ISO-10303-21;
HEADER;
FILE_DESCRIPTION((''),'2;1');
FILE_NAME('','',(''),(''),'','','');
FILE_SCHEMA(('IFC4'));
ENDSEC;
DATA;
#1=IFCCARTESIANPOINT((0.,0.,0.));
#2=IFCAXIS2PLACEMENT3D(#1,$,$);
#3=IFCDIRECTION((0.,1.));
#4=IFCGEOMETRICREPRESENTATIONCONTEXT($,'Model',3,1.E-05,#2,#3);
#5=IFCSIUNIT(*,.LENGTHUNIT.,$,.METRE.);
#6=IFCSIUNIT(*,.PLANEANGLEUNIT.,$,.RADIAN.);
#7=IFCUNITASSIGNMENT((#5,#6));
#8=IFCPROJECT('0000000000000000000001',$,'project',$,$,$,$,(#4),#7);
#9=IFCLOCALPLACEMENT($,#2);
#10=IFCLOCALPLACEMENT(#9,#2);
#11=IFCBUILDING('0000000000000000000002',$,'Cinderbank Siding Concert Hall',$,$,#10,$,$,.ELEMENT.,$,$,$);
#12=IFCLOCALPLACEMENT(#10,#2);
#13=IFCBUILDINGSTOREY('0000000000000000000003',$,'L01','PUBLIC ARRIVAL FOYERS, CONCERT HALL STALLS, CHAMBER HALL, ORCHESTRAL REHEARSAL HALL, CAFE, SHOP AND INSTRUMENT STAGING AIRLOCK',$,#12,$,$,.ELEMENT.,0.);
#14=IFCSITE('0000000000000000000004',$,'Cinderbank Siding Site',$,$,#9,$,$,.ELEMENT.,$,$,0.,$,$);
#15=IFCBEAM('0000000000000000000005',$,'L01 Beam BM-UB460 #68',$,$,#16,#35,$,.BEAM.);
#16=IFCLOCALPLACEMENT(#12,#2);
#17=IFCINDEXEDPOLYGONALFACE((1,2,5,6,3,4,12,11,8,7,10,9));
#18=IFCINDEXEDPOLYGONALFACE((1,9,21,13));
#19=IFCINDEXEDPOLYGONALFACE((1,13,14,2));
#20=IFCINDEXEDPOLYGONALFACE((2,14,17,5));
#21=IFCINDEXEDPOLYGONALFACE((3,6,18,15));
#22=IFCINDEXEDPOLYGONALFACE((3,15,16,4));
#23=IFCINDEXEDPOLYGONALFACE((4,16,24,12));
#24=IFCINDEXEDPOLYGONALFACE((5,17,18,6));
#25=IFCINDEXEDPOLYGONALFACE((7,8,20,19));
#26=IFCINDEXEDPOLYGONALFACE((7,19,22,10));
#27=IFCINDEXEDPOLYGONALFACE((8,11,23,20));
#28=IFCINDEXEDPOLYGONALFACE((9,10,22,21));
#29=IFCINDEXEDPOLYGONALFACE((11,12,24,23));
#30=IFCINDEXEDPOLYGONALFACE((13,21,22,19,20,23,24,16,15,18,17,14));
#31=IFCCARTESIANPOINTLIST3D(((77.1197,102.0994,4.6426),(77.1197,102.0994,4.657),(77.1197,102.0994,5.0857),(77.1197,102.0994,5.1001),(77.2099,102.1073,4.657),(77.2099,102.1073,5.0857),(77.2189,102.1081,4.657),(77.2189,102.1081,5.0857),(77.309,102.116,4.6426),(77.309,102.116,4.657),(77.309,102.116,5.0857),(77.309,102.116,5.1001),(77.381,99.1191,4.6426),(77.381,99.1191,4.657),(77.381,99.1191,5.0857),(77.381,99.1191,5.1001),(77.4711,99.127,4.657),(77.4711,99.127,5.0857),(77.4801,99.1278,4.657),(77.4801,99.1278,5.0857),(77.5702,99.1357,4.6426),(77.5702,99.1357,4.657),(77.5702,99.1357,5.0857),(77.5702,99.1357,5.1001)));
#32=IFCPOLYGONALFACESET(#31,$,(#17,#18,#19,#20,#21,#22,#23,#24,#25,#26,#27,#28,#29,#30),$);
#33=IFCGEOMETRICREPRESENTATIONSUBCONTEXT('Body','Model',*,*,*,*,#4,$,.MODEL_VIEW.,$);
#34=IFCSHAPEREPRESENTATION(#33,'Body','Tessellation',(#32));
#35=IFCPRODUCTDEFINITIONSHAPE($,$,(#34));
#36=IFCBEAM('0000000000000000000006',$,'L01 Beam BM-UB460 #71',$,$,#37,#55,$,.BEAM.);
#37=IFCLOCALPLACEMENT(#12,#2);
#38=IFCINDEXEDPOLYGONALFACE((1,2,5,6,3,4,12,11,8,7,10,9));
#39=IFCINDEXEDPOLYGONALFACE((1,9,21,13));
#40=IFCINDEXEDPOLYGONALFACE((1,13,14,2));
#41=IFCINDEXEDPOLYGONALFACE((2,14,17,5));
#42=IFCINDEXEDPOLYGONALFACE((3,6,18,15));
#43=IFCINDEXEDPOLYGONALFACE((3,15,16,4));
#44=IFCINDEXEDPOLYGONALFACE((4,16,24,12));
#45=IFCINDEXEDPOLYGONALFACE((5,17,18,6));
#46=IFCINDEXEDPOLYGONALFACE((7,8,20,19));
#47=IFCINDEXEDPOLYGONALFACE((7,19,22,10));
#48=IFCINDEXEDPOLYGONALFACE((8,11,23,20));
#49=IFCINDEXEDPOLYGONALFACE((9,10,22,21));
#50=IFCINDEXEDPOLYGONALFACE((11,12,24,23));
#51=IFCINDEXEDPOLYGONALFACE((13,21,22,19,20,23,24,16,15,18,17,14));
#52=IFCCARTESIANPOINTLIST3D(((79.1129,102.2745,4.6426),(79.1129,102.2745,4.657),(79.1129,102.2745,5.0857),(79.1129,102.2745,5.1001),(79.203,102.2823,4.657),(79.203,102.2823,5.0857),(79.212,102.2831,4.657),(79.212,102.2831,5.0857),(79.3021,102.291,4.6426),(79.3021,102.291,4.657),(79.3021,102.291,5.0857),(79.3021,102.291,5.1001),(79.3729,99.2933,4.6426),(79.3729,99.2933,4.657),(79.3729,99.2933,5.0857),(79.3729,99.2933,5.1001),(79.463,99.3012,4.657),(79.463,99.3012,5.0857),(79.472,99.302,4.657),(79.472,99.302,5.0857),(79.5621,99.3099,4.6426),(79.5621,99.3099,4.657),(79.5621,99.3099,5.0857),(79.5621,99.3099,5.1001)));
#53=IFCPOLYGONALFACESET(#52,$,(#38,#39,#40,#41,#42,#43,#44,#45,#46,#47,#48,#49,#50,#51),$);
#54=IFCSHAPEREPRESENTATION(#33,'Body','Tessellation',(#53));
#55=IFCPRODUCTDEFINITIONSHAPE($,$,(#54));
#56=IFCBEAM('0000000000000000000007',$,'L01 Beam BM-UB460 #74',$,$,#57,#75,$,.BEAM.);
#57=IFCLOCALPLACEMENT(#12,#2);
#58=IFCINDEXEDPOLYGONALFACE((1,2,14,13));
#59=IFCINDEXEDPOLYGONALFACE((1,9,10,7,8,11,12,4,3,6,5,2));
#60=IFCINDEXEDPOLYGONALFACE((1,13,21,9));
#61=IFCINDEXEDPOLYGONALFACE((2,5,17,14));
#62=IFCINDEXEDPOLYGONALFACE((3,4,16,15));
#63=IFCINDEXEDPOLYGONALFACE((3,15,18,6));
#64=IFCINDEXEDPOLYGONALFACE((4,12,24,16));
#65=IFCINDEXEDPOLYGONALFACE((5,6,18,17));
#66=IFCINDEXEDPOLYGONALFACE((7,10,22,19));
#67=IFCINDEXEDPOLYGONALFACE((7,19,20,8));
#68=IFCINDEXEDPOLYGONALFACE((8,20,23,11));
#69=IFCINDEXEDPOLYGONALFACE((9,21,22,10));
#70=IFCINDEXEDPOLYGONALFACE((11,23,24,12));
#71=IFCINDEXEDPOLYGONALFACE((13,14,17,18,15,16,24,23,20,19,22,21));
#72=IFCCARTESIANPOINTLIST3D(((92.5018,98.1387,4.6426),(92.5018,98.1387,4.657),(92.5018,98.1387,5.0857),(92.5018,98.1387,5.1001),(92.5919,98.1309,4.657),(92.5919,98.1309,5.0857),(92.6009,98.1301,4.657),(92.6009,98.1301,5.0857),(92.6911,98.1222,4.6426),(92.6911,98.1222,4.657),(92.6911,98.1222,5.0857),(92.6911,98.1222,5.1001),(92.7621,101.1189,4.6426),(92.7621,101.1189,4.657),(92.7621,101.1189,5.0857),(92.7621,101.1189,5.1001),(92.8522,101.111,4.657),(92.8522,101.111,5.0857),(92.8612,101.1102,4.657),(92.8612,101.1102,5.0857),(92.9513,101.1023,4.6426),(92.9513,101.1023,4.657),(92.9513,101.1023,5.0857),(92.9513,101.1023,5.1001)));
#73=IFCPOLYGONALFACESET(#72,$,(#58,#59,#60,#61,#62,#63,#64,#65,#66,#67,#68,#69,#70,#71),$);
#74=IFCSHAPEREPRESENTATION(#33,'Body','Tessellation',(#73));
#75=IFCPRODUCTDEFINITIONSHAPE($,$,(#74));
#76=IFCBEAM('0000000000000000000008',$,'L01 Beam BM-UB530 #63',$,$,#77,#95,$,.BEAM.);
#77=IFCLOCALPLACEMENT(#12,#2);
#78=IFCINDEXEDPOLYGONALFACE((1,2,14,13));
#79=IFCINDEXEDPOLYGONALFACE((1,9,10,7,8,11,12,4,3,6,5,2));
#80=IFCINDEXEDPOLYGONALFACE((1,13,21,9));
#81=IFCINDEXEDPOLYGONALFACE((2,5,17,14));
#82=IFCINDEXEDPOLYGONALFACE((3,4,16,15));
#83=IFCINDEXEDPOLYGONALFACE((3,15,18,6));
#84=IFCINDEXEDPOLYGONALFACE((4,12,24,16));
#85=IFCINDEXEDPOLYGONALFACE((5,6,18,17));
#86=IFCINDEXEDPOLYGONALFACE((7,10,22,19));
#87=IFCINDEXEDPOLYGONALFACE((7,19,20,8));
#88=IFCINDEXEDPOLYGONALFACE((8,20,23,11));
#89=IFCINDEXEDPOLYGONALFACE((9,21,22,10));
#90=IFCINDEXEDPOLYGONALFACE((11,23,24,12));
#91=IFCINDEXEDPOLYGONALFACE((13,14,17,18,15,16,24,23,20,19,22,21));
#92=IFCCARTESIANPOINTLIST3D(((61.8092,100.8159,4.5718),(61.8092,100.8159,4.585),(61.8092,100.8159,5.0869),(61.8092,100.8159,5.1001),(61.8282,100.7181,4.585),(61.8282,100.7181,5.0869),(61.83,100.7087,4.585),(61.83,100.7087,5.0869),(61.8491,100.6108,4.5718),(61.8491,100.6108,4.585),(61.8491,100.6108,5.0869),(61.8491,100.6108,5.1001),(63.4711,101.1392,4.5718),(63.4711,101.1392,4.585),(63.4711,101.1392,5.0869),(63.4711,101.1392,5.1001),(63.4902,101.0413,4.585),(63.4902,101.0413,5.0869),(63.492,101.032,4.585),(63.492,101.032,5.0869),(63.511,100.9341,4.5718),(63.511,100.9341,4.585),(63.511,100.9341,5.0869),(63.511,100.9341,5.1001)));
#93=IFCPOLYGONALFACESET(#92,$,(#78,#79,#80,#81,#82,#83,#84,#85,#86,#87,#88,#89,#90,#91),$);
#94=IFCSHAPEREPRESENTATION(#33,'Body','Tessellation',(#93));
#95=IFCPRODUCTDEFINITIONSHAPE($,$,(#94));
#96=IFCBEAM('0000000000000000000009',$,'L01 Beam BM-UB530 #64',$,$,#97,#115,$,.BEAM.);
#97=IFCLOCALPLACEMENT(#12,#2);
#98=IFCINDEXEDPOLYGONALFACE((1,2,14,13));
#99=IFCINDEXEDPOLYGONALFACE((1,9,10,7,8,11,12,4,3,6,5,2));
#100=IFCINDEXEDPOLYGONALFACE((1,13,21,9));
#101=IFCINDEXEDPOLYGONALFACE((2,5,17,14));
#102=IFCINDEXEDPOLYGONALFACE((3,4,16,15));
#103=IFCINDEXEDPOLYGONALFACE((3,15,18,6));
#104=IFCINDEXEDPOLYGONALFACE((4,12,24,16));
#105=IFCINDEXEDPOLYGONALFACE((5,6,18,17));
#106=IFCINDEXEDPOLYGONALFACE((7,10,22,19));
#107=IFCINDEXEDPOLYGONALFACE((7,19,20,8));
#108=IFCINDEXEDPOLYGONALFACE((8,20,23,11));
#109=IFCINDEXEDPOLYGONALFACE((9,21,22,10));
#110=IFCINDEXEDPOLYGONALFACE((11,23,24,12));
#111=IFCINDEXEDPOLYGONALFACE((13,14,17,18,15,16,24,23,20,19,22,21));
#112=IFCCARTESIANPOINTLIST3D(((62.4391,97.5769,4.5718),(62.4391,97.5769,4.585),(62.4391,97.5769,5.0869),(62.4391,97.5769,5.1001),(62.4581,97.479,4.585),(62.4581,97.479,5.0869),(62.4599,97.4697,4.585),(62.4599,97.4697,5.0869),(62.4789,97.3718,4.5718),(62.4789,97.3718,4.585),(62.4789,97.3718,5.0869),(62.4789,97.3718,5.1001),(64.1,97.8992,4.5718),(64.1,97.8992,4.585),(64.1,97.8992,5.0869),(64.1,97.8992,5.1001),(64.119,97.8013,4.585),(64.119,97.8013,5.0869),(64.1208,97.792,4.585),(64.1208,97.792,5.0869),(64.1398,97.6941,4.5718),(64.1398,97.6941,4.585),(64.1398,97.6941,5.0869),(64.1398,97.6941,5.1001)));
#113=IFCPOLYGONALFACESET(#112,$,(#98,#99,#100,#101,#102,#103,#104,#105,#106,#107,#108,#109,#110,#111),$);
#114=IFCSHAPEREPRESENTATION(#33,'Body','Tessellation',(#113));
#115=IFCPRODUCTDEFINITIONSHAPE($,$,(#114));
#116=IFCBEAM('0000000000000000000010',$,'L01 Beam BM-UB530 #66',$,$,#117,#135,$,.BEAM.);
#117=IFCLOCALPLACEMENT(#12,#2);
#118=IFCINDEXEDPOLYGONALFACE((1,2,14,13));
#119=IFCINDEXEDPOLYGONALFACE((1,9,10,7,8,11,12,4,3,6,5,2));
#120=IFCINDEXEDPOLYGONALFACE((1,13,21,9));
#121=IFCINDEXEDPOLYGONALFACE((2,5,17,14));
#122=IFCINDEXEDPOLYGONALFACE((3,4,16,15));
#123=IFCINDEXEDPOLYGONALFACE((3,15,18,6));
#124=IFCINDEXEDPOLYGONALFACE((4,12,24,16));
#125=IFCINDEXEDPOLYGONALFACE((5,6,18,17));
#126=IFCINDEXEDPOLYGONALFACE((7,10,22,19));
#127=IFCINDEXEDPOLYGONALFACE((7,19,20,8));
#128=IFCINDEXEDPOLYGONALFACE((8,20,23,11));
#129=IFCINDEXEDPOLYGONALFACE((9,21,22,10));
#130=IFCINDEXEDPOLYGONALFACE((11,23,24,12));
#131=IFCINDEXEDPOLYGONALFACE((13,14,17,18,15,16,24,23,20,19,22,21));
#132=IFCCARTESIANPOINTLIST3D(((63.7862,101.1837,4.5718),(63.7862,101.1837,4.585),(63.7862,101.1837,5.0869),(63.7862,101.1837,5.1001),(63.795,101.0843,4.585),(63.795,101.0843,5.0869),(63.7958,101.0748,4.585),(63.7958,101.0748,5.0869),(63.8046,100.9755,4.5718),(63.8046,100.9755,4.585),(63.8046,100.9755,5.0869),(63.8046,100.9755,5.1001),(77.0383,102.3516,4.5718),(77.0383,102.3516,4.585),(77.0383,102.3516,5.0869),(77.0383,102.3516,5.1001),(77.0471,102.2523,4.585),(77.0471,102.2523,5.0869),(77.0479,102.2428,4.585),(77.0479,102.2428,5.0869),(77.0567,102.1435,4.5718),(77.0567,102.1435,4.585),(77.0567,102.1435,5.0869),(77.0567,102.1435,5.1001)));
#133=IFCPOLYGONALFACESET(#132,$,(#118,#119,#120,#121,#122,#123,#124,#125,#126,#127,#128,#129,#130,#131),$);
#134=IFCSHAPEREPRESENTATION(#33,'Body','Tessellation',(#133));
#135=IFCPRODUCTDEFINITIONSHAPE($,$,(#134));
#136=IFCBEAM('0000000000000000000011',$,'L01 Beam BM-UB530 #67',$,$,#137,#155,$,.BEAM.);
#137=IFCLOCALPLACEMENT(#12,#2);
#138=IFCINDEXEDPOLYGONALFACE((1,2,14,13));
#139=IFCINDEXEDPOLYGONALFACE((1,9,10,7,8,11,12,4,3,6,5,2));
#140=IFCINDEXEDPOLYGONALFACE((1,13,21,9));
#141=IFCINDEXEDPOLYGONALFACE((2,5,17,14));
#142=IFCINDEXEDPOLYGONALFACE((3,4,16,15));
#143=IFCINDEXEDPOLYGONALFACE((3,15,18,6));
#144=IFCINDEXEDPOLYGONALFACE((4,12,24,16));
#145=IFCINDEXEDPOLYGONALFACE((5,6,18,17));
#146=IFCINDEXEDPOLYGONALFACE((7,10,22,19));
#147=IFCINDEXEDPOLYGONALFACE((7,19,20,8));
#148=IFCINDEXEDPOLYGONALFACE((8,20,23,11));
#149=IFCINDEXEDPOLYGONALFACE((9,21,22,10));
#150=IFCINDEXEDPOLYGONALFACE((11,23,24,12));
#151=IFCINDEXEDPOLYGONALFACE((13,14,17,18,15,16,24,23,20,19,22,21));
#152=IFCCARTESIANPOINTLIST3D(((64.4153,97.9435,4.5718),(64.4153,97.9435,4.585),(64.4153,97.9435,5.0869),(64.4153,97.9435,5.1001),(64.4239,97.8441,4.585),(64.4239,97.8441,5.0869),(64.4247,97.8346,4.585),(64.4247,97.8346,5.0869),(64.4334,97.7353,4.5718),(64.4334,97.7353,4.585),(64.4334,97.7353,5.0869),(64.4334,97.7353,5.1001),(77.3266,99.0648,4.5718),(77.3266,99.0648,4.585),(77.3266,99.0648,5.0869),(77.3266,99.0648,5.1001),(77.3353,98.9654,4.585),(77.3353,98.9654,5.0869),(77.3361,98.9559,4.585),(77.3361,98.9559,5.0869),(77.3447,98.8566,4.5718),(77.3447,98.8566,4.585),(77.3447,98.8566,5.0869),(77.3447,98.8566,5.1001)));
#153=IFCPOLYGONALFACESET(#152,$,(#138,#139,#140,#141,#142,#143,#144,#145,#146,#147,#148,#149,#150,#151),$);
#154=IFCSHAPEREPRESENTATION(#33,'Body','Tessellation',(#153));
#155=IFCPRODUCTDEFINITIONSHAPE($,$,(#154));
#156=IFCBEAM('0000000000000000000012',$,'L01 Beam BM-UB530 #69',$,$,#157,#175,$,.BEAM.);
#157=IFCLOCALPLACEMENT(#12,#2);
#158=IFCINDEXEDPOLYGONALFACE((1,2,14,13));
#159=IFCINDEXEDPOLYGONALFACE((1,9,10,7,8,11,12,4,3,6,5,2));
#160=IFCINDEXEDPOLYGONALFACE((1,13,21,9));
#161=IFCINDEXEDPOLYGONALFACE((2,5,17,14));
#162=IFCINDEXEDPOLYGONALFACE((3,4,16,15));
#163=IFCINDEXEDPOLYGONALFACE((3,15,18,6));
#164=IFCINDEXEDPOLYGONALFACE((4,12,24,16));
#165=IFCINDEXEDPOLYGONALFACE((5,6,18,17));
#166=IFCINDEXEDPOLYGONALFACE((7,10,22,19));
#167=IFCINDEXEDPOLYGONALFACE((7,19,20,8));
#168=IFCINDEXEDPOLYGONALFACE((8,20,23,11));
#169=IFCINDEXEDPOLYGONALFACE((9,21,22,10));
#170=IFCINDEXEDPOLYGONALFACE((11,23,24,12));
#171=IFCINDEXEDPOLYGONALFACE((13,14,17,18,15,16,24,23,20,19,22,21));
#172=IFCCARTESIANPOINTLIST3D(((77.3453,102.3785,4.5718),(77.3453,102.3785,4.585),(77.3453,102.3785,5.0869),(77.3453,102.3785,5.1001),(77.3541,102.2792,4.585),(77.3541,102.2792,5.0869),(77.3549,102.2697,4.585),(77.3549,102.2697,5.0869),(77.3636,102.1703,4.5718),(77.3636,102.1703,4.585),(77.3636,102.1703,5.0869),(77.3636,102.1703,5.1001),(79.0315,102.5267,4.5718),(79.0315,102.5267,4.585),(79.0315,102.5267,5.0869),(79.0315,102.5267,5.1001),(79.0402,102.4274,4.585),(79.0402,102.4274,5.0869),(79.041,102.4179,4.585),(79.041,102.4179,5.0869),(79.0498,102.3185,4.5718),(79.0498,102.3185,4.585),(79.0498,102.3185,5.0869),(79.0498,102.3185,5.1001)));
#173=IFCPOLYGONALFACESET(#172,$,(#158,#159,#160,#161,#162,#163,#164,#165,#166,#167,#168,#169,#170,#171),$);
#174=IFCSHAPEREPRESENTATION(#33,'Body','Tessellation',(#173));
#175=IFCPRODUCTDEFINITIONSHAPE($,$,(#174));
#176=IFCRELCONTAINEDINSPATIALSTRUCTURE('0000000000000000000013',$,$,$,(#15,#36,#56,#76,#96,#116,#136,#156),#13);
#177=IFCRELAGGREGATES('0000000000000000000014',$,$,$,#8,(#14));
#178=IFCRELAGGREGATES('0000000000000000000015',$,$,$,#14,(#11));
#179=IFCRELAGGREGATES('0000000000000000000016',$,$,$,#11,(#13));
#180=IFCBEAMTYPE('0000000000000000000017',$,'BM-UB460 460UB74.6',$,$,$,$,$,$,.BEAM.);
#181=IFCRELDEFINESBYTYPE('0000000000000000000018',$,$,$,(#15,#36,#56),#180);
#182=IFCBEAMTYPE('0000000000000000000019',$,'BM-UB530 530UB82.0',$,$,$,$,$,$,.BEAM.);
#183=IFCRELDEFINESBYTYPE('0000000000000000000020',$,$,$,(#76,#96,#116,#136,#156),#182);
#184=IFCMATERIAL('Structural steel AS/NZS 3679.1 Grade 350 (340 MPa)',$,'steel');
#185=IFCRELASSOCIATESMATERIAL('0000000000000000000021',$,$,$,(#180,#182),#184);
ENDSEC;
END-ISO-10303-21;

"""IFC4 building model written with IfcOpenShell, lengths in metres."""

from ifc_helpers import new_model, si_unit, direction, frame, origin, origin_2d, place, context, subcontext, project, spatial, i_section, extrude, material, material_profile, profile_set, type_object, element, save


model = new_model("IFC4")

# Units and contexts
model_context = context("Model", 3, precision=1e-05, world=origin(), true_north=direction((0.0, 1.0)))
body_context = subcontext(model_context, "Body", "Model", "MODEL_VIEW")
ifc_project = project(units=[si_unit("LENGTHUNIT", "METRE"), si_unit("PLANEANGLEUNIT", "RADIAN")], contexts=[model_context])

# Site, building, storey
site_placement = place(None, origin())
site = spatial("IfcSite", under=ifc_project, at=site_placement, Name="Cinderbank Siding Site", CompositionType="ELEMENT", RefElevation=0.0)
building_placement = place(site_placement, origin())
building = spatial("IfcBuilding", under=site, at=building_placement, Name="Cinderbank Siding Concert Hall", CompositionType="ELEMENT")
storey_placement = place(building_placement, origin())
storey = spatial("IfcBuildingStorey", under=building, at=storey_placement, Name="L01", Description="PUBLIC ARRIVAL FOYERS, CONCERT HALL STALLS, CHAMBER HALL, ORCHESTRAL REHEARSAL HALL, CAFE, SHOP AND INSTRUMENT STAGING AIRLOCK", CompositionType="ELEMENT", Elevation=0.0)

# Beams
ifc_material_1 = material(Name="Structural steel AS/NZS 3679.1 Grade 350 (340 MPa)", Category="steel")
ifc_material_profile_1 = material_profile(ifc_material_1, i_section(OverallWidth=0.1899, OverallDepth=0.4575, WebThickness=0.009, FlangeThickness=0.0144, at=origin_2d()), Name="460UB74.6", Category="LoadBearing")
ifc_profile_set_1 = profile_set([ifc_material_profile_1], Name="Structural steel AS/NZS 3679.1 Grade 350 (340 MPa)")
beam_type_1 = type_object("IfcBeamType", Name="BM-UB460 460UB74.6", PredefinedType="BEAM", material=ifc_profile_set_1)
beam_1_placement = place(storey_placement, frame((77.2144, 102.1077, 4.8713), z_axis=(0.08732, -0.99618, 0.0), x_axis=(0.99618, 0.08732, 0.0)))
element("IfcBeam", 1, at=beam_1_placement, inside=storey, type_object=beam_type_1, Name="L01 Beam BM-UB460 #68", PredefinedType="BEAM", context=body_context, shape_type="SweptSolid", body=[
    extrude(i_section(OverallWidth=0.1899, OverallDepth=0.4575, WebThickness=0.009, FlangeThickness=0.0144, at=origin_2d()), origin(), (0.0, 0.0, 1.0), 2.9917),
])
beam_2_placement = place(storey_placement, frame((79.2075, 102.2827, 4.8713), z_axis=(0.086887, -0.996218, 0.0), x_axis=(0.996218, 0.086887, 0.0)))
element("IfcBeam", 2, at=beam_2_placement, inside=storey, type_object=beam_type_1, Name="L01 Beam BM-UB460 #71", PredefinedType="BEAM", context=body_context, shape_type="SweptSolid", body=[
    extrude(i_section(OverallWidth=0.1899, OverallDepth=0.4575, WebThickness=0.009, FlangeThickness=0.0144, at=origin_2d()), origin(), (0.0, 0.0, 1.0), 2.9924),
])
beam_3_placement = place(storey_placement, frame((92.8567, 101.1106, 4.8713), z_axis=(-0.086996, -0.996209, 0.0), x_axis=(0.996209, -0.086996, 0.0)))
element("IfcBeam", 3, at=beam_3_placement, inside=storey, type_object=beam_type_1, Name="L01 Beam BM-UB460 #74", PredefinedType="BEAM", context=body_context, shape_type="SweptSolid", body=[
    extrude(i_section(OverallWidth=0.1899, OverallDepth=0.4575, WebThickness=0.009, FlangeThickness=0.0144, at=origin_2d()), origin(), (0.0, 0.0, 1.0), 2.9915),
])
ifc_material_profile_2 = material_profile(ifc_material_1, i_section(OverallWidth=0.209, OverallDepth=0.5283, WebThickness=0.0095, FlangeThickness=0.0132, at=origin_2d()), Name="530UB82.0", Category="LoadBearing")
ifc_profile_set_2 = profile_set([ifc_material_profile_2], Name="Structural steel AS/NZS 3679.1 Grade 350 (340 MPa)")
beam_type_2 = type_object("IfcBeamType", Name="BM-UB530 530UB82.0", PredefinedType="BEAM", material=ifc_profile_set_2)
beam_4_placement = place(storey_placement, frame((61.8291, 100.7134, 4.8359), z_axis=(0.981604, 0.190928, 0.0), x_axis=(-0.190928, 0.981604, 0.0)))
element("IfcBeam", 4, at=beam_4_placement, inside=storey, type_object=beam_type_2, Name="L01 Beam BM-UB530 #63", PredefinedType="BEAM", context=body_context, shape_type="SweptSolid", body=[
    extrude(i_section(OverallWidth=0.209, OverallDepth=0.5283, WebThickness=0.0095, FlangeThickness=0.0132, at=origin_2d()), origin(), (0.0, 0.0, 1.0), 1.6931),
])
beam_5_placement = place(storey_placement, frame((62.459, 97.4744, 4.8359), z_axis=(0.981691, 0.19048, 0.0), x_axis=(-0.19048, 0.981691, 0.0)))
element("IfcBeam", 5, at=beam_5_placement, inside=storey, type_object=beam_type_2, Name="L01 Beam BM-UB530 #64", PredefinedType="BEAM", context=body_context, shape_type="SweptSolid", body=[
    extrude(i_section(OverallWidth=0.209, OverallDepth=0.5283, WebThickness=0.0095, FlangeThickness=0.0132, at=origin_2d()), origin(), (0.0, 0.0, 1.0), 1.6919),
])
beam_6_placement = place(storey_placement, frame((63.7954, 101.0796, 4.8359), z_axis=(0.996139, 0.087794, 0.0), x_axis=(-0.087794, 0.996139, 0.0)))
element("IfcBeam", 6, at=beam_6_placement, inside=storey, type_object=beam_type_2, Name="L01 Beam BM-UB530 #66", PredefinedType="BEAM", context=body_context, shape_type="SweptSolid", body=[
    extrude(i_section(OverallWidth=0.209, OverallDepth=0.5283, WebThickness=0.0095, FlangeThickness=0.0132, at=origin_2d()), origin(), (0.0, 0.0, 1.0), 13.3035),
])
beam_7_placement = place(storey_placement, frame((64.4243, 97.8394, 4.8359), z_axis=(0.99625, 0.086523, 0.0), x_axis=(-0.086523, 0.99625, 0.0)))
element("IfcBeam", 7, at=beam_7_placement, inside=storey, type_object=beam_type_2, Name="L01 Beam BM-UB530 #67", PredefinedType="BEAM", context=body_context, shape_type="SweptSolid", body=[
    extrude(i_section(OverallWidth=0.209, OverallDepth=0.5283, WebThickness=0.0095, FlangeThickness=0.0132, at=origin_2d()), origin(), (0.0, 0.0, 1.0), 12.96),
])
beam_8_placement = place(storey_placement, frame((77.3545, 102.2744, 4.8359), z_axis=(0.99616, 0.087557, 0.0), x_axis=(-0.087557, 0.99616, 0.0)))
element("IfcBeam", 8, at=beam_8_placement, inside=storey, type_object=beam_type_2, Name="L01 Beam BM-UB530 #69", PredefinedType="BEAM", context=body_context, shape_type="SweptSolid", body=[
    extrude(i_section(OverallWidth=0.209, OverallDepth=0.5283, WebThickness=0.0095, FlangeThickness=0.0132, at=origin_2d()), origin(), (0.0, 0.0, 1.0), 1.6926),
])

save(model, "model.ifc")
